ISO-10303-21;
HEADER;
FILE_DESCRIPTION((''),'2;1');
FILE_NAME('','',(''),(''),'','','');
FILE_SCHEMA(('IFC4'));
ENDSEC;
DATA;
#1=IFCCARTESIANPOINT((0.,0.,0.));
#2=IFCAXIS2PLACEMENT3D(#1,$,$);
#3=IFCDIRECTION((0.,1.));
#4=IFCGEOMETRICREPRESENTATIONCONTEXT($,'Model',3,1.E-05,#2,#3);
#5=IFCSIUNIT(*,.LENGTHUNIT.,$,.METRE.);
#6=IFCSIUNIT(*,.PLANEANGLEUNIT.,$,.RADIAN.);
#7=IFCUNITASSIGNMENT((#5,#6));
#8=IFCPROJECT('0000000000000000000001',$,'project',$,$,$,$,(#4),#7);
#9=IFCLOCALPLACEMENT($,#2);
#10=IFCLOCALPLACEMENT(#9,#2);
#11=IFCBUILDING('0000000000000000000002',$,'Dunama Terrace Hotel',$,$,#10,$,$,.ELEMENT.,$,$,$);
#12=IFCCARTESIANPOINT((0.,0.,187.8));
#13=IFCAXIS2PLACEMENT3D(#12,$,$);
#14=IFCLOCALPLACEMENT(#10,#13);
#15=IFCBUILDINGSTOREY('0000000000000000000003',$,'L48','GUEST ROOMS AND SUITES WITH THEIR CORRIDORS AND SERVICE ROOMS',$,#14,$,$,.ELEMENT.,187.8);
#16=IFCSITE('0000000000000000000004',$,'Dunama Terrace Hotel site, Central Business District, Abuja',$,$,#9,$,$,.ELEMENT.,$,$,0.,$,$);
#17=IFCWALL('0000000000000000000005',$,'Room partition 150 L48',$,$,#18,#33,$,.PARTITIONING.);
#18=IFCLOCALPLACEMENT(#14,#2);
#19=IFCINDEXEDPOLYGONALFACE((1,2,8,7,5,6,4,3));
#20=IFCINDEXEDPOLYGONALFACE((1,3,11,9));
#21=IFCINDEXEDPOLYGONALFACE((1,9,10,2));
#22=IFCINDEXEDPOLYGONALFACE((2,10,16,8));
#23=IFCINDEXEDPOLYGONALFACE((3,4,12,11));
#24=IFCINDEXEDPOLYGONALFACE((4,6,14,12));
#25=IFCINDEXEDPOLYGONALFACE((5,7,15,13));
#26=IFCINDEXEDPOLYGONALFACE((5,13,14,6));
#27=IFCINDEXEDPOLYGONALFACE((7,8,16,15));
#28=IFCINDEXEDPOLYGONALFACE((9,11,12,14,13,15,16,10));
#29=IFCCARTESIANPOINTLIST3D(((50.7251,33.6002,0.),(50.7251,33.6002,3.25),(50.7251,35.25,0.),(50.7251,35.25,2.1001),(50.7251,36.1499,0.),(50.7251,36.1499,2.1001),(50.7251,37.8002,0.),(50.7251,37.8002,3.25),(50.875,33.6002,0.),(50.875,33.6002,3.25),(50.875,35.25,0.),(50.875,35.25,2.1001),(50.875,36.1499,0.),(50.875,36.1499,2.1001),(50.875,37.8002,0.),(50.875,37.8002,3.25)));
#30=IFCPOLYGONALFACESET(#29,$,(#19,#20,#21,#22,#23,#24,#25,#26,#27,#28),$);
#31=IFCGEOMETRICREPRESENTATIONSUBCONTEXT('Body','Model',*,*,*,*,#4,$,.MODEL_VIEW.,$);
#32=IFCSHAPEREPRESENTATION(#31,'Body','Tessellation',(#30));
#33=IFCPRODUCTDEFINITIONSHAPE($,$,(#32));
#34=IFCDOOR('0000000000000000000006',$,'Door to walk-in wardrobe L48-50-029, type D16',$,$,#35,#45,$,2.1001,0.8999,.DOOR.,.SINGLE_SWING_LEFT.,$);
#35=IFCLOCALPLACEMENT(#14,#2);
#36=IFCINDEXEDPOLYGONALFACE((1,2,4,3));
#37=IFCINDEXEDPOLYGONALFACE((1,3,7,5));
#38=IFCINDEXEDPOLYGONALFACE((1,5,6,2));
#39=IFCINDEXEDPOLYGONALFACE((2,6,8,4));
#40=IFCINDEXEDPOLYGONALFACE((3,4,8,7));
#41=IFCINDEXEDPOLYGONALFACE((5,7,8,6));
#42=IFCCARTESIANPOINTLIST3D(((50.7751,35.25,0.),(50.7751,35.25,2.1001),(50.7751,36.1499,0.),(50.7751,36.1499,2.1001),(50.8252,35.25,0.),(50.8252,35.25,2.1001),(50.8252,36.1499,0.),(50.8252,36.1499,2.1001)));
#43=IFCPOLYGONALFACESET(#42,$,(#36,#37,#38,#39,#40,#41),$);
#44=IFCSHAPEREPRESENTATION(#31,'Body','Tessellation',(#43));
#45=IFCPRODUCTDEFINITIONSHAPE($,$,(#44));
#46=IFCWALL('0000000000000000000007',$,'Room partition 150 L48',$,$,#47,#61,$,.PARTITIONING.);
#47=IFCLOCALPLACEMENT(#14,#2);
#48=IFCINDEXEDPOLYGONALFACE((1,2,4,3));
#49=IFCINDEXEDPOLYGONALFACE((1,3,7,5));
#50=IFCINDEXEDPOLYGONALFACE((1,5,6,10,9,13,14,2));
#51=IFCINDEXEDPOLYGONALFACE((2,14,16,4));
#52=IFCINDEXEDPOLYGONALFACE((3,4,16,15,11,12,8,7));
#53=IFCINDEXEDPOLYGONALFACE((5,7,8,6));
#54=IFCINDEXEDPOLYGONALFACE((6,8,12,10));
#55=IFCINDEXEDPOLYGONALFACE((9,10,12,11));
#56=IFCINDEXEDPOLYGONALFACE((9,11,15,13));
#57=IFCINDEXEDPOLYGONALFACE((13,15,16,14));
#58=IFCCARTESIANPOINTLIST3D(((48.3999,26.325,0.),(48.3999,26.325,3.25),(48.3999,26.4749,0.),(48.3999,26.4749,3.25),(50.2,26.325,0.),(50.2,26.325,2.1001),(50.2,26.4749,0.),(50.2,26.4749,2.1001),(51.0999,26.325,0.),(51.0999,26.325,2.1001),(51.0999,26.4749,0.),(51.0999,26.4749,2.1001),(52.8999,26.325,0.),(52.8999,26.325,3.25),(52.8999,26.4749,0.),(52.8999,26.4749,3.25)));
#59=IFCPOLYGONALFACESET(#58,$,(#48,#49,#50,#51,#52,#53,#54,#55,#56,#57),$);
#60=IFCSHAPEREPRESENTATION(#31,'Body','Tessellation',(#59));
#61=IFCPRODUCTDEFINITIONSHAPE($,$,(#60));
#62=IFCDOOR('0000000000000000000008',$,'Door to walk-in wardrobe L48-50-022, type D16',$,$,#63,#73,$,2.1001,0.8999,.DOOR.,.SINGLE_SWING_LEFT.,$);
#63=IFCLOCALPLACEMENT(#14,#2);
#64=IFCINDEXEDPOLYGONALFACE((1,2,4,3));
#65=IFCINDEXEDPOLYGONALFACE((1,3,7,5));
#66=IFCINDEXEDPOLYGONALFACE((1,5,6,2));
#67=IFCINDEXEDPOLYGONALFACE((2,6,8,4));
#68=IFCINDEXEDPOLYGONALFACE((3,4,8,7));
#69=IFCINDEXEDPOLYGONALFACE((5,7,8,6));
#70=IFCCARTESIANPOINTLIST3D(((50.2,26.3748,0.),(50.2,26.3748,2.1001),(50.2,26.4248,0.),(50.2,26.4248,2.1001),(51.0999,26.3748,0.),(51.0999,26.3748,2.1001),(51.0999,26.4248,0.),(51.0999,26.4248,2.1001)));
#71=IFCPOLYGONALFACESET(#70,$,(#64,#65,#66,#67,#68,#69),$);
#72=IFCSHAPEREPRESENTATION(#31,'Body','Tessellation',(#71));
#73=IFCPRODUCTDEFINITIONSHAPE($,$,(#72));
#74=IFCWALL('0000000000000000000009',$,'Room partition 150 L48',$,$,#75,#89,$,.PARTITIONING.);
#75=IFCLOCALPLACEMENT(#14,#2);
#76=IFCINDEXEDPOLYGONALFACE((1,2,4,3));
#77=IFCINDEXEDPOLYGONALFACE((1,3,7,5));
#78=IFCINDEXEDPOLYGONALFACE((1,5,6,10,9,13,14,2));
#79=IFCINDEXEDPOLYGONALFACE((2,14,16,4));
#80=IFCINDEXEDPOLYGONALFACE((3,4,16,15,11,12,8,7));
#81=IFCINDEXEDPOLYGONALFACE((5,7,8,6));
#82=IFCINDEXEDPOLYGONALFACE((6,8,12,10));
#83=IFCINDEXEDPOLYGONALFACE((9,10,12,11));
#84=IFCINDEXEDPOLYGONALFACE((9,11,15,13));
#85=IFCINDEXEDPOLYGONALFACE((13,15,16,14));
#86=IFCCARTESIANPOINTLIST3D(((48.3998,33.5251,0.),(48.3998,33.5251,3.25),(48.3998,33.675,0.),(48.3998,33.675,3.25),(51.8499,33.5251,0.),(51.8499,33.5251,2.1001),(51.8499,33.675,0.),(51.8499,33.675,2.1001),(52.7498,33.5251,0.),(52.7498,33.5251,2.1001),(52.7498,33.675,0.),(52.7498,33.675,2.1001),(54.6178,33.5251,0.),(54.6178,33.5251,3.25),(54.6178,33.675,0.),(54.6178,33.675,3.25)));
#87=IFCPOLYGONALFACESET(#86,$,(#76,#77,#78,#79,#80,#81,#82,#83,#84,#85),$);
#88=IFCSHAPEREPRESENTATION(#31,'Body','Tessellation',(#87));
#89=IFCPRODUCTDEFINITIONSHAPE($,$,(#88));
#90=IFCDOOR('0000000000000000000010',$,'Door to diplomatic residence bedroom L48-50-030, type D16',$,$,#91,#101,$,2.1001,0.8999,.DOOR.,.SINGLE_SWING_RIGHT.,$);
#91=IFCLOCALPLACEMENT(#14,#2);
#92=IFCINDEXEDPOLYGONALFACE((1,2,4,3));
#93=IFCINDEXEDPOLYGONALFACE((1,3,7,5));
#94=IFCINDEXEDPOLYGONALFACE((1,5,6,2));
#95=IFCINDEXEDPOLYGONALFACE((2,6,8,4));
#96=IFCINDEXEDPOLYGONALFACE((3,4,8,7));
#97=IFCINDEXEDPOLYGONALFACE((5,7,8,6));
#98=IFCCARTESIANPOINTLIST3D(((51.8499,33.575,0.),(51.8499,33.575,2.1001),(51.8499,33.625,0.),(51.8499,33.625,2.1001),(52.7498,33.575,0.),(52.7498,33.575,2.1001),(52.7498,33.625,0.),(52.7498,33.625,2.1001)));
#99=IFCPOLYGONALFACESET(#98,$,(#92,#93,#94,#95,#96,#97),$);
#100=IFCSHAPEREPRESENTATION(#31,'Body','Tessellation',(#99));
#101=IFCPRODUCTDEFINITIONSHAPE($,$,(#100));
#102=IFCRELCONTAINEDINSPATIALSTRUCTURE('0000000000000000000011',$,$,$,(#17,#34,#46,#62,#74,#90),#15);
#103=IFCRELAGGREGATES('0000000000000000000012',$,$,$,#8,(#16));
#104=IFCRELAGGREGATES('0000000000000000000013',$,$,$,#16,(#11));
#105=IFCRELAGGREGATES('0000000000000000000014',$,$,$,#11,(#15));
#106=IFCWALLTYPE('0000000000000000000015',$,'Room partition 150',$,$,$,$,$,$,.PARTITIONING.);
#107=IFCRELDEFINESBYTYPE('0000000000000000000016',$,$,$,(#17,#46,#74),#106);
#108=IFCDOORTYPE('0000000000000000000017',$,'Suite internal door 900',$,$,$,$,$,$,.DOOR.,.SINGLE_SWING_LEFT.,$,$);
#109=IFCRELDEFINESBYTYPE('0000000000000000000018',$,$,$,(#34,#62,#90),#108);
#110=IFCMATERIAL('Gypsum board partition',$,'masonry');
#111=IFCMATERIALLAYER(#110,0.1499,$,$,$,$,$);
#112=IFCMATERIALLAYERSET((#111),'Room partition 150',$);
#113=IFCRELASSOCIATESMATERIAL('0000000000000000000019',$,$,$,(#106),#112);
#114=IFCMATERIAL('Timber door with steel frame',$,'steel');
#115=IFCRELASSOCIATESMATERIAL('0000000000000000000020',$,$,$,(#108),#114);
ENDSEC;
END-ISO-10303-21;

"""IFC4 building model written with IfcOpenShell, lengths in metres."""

from ifc_helpers import new_model, si_unit, direction, frame, frame_2d, origin, place, context, subcontext, project, spatial, rectangle, extrude, material, layer, layer_set, type_object, element, fill, save


model = new_model("IFC4")

# Units and contexts
model_context = context("Model", 3, precision=1e-05, world=origin(), true_north=direction((0.0, 1.0)))
body_context = subcontext(model_context, "Body", "Model", "MODEL_VIEW")
ifc_project = project(units=[si_unit("LENGTHUNIT", "METRE"), si_unit("PLANEANGLEUNIT", "RADIAN")], contexts=[model_context])

# Site, building, storey
site_placement = place(None, origin())
site = spatial("IfcSite", under=ifc_project, at=site_placement, Name="Dunama Terrace Hotel site, Central Business District, Abuja", CompositionType="ELEMENT", RefElevation=0.0)
building_placement = place(site_placement, origin())
building = spatial("IfcBuilding", under=site, at=building_placement, Name="Dunama Terrace Hotel", CompositionType="ELEMENT")
storey_placement = place(building_placement, frame((0.0, 0.0, 187.8)))
storey = spatial("IfcBuildingStorey", under=building, at=storey_placement, Name="L48", Description="GUEST ROOMS AND SUITES WITH THEIR CORRIDORS AND SERVICE ROOMS", CompositionType="ELEMENT", Elevation=187.8)

# Shared definitions
ifc_material_1 = material(Name="Gypsum board partition", Category="masonry")
ifc_layer_1 = layer(ifc_material_1, 0.1499)
ifc_layer_set_1 = layer_set([ifc_layer_1], Name="Room partition 150")
wall_type_1 = type_object("IfcWallType", Name="Room partition 150", PredefinedType="PARTITIONING", material=ifc_layer_set_1)

# Walls, openings, doors
wall_1_placement = place(storey_placement, frame((50.8, 33.6001, 0.0), z_axis=(0.0, 0.0, 1.0), x_axis=(0.0, 1.0, 0.0)))
wall_1 = element("IfcWall", 1, at=wall_1_placement, inside=storey, type_object=wall_type_1, Name="Room partition 150 L48", PredefinedType="PARTITIONING", context=body_context, shape_type="SweptSolid", body=[
    extrude(rectangle(XDim=4.2, YDim=0.1499, at=frame_2d((2.1001, 0.0))), origin(), (0.0, 0.0, 1.0), 3.25),
])
opening_1_placement = place(wall_1_placement, frame((1.6499, 0.0, 0.0)))
opening_1 = element("IfcOpeningElement", 2, at=opening_1_placement, cuts=wall_1, PredefinedType="OPENING", context=body_context, shape_type="SweptSolid", body=[
    extrude(rectangle(XDim=0.8999, YDim=2.1001, at=frame_2d((0.45, 1.05))), frame((0.0, 0.085, 0.0), z_axis=(0.0, -1.0, 0.0), x_axis=(1.0, 0.0, 0.0)), (0.0, 0.0, 1.0), 0.1699),
])
ifc_material_2 = material(Name="Timber door with steel frame", Category="steel")
door_type_1 = type_object("IfcDoorType", Name="Suite internal door 900", OperationType="SINGLE_SWING_LEFT", PredefinedType="DOOR", material=ifc_material_2)
door_1_placement = place(opening_1_placement, origin())
door_1 = element("IfcDoor", 3, at=door_1_placement, inside=storey, type_object=door_type_1, Name="Door to walk-in wardrobe L48-50-029, type D16", OperationType="SINGLE_SWING_LEFT", OverallHeight=2.1001, OverallWidth=0.8999, PredefinedType="DOOR", context=body_context, shape_type="SweptSolid", body=[
    extrude(rectangle(XDim=0.8999, YDim=2.1001, at=frame_2d((0.45, 1.05))), frame((0.0, 0.0249, 0.0), z_axis=(0.0, -1.0, 0.0), x_axis=(1.0, 0.0, 0.0)), (0.0, 0.0, 1.0), 0.05),
])
fill(opening_1, door_1)
wall_2_placement = place(storey_placement, frame((48.3999, 26.3999, 0.0), z_axis=(0.0, 0.0, 1.0), x_axis=(1.0, 0.0, 0.0)))
wall_2 = element("IfcWall", 4, at=wall_2_placement, inside=storey, type_object=wall_type_1, Name="Room partition 150 L48", PredefinedType="PARTITIONING", context=body_context, shape_type="SweptSolid", body=[
    extrude(rectangle(XDim=4.5, YDim=0.1499, at=frame_2d((2.25, 0.0))), origin(), (0.0, 0.0, 1.0), 3.25),
])
opening_2_placement = place(wall_2_placement, frame((1.8, 0.0, 0.0)))
opening_2 = element("IfcOpeningElement", 5, at=opening_2_placement, cuts=wall_2, PredefinedType="OPENING", context=body_context, shape_type="SweptSolid", body=[
    extrude(rectangle(XDim=0.8999, YDim=2.1001, at=frame_2d((0.45, 1.05))), frame((0.0, 0.085, 0.0), z_axis=(0.0, -1.0, 0.0), x_axis=(1.0, 0.0, 0.0)), (0.0, 0.0, 1.0), 0.1699),
])
door_2_placement = place(opening_2_placement, origin())
door_2 = element("IfcDoor", 6, at=door_2_placement, inside=storey, type_object=door_type_1, Name="Door to walk-in wardrobe L48-50-022, type D16", OperationType="SINGLE_SWING_LEFT", OverallHeight=2.1001, OverallWidth=0.8999, PredefinedType="DOOR", context=body_context, shape_type="SweptSolid", body=[
    extrude(rectangle(XDim=0.8999, YDim=2.1001, at=frame_2d((0.45, 1.05))), frame((0.0, 0.0249, 0.0), z_axis=(0.0, -1.0, 0.0), x_axis=(1.0, 0.0, 0.0)), (0.0, 0.0, 1.0), 0.05),
])
fill(opening_2, door_2)
wall_3_placement = place(storey_placement, frame((48.3999, 33.6001, 0.0), z_axis=(0.0, 0.0, 1.0), x_axis=(1.0, 0.0, 0.0)))
wall_3 = element("IfcWall", 7, at=wall_3_placement, inside=storey, type_object=wall_type_1, Name="Room partition 150 L48", PredefinedType="PARTITIONING", context=body_context, shape_type="SweptSolid", body=[
    extrude(rectangle(XDim=6.218, YDim=0.1499, at=frame_2d((3.1089, 0.0))), origin(), (0.0, 0.0, 1.0), 3.25),
])
opening_3_placement = place(wall_3_placement, frame((3.45, 0.0, 0.0)))
opening_3 = element("IfcOpeningElement", 8, at=opening_3_placement, cuts=wall_3, PredefinedType="OPENING", context=body_context, shape_type="SweptSolid", body=[
    extrude(rectangle(XDim=0.8999, YDim=2.1001, at=frame_2d((0.45, 1.05))), frame((0.0, 0.085, 0.0), z_axis=(0.0, -1.0, 0.0), x_axis=(1.0, 0.0, 0.0)), (0.0, 0.0, 1.0), 0.1699),
])
door_3_placement = place(opening_3_placement, origin())
door_3 = element("IfcDoor", 9, at=door_3_placement, inside=storey, type_object=door_type_1, Name="Door to diplomatic residence bedroom L48-50-030, type D16", OperationType="SINGLE_SWING_RIGHT", OverallHeight=2.1001, OverallWidth=0.8999, PredefinedType="DOOR", context=body_context, shape_type="SweptSolid", body=[
    extrude(rectangle(XDim=0.8999, YDim=2.1001, at=frame_2d((0.45, 1.05))), frame((0.0, 0.0249, 0.0), z_axis=(0.0, -1.0, 0.0), x_axis=(1.0, 0.0, 0.0)), (0.0, 0.0, 1.0), 0.05),
])
fill(opening_3, door_3)

save(model, "model.ifc")
